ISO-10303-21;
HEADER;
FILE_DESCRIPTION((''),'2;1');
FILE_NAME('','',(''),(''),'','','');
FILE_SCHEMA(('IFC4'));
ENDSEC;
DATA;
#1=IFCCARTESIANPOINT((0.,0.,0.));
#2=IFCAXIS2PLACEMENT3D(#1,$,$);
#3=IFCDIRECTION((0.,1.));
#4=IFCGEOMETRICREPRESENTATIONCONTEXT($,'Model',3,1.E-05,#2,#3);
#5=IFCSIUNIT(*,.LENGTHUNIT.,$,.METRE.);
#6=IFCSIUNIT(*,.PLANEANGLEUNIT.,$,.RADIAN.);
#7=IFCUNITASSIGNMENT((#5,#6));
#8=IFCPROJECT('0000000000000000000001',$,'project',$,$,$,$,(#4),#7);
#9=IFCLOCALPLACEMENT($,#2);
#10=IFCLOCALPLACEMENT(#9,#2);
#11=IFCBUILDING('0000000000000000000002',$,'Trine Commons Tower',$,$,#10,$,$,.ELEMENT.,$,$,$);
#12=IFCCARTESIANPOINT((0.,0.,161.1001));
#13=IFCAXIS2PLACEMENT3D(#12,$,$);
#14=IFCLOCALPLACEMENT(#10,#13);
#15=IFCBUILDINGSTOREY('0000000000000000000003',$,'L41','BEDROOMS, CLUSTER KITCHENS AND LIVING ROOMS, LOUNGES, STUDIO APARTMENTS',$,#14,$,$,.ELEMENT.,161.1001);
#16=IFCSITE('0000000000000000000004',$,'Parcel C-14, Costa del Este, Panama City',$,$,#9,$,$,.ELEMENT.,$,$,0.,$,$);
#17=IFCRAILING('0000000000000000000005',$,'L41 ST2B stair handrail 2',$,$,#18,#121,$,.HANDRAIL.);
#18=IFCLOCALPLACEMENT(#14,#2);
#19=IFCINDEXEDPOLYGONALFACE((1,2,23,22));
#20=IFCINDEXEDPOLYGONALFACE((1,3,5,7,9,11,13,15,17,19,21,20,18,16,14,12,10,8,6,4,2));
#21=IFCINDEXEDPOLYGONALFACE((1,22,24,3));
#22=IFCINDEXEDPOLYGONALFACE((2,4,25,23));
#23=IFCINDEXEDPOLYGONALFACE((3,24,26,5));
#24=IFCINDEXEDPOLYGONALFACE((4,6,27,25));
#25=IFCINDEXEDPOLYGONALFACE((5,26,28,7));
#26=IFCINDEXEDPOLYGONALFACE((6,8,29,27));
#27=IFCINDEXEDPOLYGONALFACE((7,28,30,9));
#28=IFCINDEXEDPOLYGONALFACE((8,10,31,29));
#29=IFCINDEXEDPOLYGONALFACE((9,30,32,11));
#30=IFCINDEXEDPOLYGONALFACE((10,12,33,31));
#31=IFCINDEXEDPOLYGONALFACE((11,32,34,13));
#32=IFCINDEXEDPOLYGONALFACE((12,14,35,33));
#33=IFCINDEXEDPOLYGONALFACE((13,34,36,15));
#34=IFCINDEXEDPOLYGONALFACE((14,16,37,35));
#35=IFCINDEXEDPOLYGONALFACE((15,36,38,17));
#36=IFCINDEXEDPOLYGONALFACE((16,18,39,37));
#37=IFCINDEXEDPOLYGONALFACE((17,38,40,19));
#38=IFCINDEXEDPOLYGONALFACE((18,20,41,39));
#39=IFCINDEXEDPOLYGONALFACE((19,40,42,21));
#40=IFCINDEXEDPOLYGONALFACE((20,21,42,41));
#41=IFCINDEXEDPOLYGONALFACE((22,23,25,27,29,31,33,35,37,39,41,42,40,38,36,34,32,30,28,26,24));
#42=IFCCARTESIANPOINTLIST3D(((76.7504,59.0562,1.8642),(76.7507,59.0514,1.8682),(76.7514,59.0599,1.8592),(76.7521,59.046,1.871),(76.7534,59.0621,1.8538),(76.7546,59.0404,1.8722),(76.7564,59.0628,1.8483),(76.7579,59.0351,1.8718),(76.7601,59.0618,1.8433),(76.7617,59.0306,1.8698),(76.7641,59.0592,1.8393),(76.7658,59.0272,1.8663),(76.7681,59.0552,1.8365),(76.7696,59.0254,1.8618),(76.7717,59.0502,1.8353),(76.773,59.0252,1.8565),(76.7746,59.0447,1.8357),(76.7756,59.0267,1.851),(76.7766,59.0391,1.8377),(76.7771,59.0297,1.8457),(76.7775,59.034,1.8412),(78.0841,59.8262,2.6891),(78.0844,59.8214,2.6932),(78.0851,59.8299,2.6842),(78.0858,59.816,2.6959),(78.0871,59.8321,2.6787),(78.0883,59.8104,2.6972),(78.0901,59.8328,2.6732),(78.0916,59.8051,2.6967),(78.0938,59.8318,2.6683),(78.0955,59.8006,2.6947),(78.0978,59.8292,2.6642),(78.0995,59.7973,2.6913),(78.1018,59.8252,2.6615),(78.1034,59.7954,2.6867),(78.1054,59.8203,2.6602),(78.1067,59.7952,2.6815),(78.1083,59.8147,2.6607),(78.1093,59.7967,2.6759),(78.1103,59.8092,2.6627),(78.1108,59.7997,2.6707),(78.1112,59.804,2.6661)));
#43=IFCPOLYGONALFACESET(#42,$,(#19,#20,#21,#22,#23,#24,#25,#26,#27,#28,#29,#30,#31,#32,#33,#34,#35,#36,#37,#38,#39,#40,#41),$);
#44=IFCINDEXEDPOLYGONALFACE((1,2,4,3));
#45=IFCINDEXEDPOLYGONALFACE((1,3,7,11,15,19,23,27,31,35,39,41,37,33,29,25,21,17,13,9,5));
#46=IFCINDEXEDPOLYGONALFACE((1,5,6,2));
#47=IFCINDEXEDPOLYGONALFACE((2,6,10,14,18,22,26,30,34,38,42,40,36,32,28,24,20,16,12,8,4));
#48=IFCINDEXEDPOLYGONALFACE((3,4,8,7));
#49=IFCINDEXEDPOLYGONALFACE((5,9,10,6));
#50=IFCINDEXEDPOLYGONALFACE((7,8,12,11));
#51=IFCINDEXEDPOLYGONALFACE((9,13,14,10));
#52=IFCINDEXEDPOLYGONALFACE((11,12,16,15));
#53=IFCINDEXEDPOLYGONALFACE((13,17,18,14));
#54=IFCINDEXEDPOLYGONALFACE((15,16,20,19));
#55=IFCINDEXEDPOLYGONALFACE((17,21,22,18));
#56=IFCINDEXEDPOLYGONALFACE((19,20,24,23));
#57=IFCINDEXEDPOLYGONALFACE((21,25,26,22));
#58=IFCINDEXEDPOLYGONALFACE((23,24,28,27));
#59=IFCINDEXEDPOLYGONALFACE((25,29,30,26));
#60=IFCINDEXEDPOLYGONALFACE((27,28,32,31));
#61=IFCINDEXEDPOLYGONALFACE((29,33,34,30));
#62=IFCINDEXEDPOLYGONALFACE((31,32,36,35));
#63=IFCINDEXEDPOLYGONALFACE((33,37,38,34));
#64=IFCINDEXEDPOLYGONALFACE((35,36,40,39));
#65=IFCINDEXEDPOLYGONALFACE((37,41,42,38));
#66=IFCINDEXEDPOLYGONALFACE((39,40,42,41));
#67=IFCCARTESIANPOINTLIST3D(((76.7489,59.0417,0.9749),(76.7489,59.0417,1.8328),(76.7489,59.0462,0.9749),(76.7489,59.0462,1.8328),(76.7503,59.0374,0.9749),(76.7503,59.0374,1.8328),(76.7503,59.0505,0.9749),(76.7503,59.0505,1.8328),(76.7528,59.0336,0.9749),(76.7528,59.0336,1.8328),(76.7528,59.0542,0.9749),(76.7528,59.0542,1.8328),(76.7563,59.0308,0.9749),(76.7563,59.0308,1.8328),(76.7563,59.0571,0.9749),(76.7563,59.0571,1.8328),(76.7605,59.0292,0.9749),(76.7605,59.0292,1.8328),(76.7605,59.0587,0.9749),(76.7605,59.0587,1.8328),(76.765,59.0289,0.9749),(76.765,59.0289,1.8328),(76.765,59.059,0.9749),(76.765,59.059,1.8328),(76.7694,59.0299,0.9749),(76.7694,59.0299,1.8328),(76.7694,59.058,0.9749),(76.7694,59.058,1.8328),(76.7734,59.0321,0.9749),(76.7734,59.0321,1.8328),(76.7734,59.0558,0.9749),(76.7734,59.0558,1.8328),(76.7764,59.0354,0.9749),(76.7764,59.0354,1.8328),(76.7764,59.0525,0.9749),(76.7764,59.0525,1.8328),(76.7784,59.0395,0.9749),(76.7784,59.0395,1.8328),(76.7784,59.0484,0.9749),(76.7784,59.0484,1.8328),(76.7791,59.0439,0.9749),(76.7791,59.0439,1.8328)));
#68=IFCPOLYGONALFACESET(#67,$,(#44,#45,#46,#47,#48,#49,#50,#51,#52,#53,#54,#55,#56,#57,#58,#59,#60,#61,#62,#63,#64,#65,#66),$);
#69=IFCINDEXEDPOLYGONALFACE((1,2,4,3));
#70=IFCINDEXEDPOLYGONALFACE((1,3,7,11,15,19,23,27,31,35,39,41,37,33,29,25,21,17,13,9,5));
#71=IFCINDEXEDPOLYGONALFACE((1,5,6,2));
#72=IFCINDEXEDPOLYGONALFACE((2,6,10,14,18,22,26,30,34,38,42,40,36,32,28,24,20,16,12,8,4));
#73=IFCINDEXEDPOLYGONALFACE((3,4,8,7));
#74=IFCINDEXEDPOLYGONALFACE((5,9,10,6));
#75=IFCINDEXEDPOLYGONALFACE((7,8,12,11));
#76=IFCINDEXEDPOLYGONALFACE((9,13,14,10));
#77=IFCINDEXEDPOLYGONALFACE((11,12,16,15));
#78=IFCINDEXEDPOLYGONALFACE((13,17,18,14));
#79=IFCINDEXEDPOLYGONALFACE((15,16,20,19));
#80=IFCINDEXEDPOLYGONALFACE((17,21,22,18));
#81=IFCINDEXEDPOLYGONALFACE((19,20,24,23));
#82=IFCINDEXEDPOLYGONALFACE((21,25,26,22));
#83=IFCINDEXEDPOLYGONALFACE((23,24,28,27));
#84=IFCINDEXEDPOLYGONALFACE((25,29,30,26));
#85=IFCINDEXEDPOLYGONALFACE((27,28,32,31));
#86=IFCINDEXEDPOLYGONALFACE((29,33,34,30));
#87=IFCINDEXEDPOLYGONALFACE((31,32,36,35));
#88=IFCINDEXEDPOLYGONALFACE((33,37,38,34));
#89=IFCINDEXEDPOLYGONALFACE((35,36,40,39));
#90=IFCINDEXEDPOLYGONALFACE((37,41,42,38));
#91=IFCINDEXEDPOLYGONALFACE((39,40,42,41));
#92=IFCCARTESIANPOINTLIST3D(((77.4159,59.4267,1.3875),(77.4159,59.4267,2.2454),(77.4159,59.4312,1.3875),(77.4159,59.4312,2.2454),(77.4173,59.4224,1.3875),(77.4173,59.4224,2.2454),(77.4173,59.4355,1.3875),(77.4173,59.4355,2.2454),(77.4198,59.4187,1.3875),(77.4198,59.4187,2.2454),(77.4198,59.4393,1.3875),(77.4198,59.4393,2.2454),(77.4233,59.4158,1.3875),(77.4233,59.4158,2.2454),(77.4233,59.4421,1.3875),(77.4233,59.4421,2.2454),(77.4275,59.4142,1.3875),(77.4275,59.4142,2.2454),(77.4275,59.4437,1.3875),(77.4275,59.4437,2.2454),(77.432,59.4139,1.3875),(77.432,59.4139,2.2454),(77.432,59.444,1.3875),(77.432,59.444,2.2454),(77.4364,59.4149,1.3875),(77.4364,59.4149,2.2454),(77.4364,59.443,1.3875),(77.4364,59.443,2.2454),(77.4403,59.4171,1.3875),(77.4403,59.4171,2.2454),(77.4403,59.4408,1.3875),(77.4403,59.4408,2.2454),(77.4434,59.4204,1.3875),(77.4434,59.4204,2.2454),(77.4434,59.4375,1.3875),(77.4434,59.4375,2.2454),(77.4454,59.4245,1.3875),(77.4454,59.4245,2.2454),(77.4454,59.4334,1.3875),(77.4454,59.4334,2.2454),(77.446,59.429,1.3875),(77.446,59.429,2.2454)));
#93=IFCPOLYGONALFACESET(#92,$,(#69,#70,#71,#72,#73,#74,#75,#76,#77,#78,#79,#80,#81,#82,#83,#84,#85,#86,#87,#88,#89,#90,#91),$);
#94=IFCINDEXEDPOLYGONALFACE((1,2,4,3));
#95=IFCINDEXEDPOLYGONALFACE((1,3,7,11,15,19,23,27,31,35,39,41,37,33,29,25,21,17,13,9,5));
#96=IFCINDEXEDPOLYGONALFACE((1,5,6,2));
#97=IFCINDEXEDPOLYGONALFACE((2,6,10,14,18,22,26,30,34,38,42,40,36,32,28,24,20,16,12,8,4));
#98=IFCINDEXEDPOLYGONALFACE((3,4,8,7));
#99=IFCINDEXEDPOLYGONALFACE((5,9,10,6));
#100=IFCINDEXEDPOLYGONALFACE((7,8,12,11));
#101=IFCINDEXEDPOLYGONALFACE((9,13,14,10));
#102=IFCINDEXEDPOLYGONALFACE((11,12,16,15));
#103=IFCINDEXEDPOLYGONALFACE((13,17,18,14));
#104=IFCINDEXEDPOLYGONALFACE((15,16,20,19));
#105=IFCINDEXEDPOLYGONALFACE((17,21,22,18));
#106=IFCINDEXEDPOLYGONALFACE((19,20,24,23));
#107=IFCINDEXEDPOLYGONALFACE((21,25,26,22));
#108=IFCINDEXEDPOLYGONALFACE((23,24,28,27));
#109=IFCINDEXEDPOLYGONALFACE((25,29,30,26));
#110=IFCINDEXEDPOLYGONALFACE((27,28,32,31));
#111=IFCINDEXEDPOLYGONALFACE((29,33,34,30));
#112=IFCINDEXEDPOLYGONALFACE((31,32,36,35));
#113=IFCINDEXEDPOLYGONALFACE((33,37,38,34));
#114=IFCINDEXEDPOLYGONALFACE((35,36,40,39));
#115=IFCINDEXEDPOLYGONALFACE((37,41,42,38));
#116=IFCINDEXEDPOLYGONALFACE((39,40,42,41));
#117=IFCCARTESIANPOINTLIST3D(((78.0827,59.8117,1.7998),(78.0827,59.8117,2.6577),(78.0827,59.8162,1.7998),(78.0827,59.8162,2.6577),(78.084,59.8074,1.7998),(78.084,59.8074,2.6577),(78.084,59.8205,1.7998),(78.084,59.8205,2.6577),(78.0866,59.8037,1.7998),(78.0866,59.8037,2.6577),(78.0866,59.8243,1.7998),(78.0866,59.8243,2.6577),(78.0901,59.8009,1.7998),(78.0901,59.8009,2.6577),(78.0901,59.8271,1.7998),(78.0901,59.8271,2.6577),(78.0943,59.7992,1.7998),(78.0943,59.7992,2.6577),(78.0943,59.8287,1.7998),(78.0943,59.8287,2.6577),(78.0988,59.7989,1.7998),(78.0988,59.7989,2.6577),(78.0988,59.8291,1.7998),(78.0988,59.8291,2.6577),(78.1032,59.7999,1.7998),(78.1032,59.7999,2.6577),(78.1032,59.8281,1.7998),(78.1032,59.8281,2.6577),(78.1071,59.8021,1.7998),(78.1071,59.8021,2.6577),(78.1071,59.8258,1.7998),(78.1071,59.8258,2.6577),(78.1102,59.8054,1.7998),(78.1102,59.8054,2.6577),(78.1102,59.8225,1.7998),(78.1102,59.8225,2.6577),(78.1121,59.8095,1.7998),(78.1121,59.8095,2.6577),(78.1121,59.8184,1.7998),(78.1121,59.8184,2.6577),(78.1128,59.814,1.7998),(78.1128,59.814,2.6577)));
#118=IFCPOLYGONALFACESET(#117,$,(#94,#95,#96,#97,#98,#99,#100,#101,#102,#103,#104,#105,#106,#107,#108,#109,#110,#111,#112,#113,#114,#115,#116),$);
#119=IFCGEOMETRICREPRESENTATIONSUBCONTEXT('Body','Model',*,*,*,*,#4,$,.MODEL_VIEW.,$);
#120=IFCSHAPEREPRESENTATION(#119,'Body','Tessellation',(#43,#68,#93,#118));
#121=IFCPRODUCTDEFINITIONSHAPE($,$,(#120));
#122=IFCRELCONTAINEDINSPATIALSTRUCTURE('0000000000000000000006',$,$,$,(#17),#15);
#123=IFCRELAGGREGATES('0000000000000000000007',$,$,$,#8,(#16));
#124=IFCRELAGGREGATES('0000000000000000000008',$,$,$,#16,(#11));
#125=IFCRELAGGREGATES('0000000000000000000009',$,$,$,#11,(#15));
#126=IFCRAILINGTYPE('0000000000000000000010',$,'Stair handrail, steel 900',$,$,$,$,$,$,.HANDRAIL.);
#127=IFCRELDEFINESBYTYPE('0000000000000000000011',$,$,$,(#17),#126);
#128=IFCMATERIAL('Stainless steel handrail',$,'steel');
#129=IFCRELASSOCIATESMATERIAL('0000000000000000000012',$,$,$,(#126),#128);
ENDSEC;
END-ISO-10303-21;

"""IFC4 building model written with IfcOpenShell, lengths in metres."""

from ifc_helpers import new_model, si_unit, direction, frame, origin, origin_2d, place, context, subcontext, project, spatial, circle, extrude, material, type_object, element, save


model = new_model("IFC4")

# Units and contexts
model_context = context("Model", 3, precision=1e-05, world=origin(), true_north=direction((0.0, 1.0)))
body_context = subcontext(model_context, "Body", "Model", "MODEL_VIEW")
ifc_project = project(units=[si_unit("LENGTHUNIT", "METRE"), si_unit("PLANEANGLEUNIT", "RADIAN")], contexts=[model_context])

# Site, building, storey
site_placement = place(None, origin())
site = spatial("IfcSite", under=ifc_project, at=site_placement, Name="Parcel C-14, Costa del Este, Panama City", CompositionType="ELEMENT", RefElevation=0.0)
building_placement = place(site_placement, origin())
building = spatial("IfcBuilding", under=site, at=building_placement, Name="Trine Commons Tower", CompositionType="ELEMENT")
storey_placement = place(building_placement, frame((0.0, 0.0, 161.1001)))
storey = spatial("IfcBuildingStorey", under=building, at=storey_placement, Name="L41", Description="BEDROOMS, CLUSTER KITCHENS AND LIVING ROOMS, LOUNGES, STUDIO APARTMENTS", CompositionType="ELEMENT", Elevation=161.1001)

# Railing
ifc_material_1 = material(Name="Stainless steel handrail", Category="steel")
railing_type_1 = type_object("IfcRailingType", Name="Stair handrail, steel 900", PredefinedType="HANDRAIL", material=ifc_material_1)
railing_1_placement = place(storey_placement, frame((76.7639, 59.0439, 0.9749)))
element("IfcRailing", 1, at=railing_1_placement, inside=storey, type_object=railing_type_1, Name="L41 ST2B stair handrail 2", PredefinedType="HANDRAIL", context=body_context, shape_type="SweptSolid", body=[
    extrude(circle(Radius=0.021, at=origin_2d()), frame((0.0, 0.0, 0.8789), z_axis=(0.763405, 0.440743, 0.472185), x_axis=(-0.499992, 0.86603, 0.0)), (0.0, 0.0, 1.0), 1.7471),
    extrude(circle(Radius=0.0151, at=origin_2d()), origin(), (0.0, 0.0, 1.0), 0.8579),
    extrude(circle(Radius=0.0151, at=origin_2d()), frame((0.667, 0.385, 0.4126)), (0.0, 0.0, 1.0), 0.8579),
    extrude(circle(Radius=0.0151, at=origin_2d()), frame((1.3337, 0.77, 0.825)), (0.0, 0.0, 1.0), 0.8579),
])

save(model, "model.ifc")
